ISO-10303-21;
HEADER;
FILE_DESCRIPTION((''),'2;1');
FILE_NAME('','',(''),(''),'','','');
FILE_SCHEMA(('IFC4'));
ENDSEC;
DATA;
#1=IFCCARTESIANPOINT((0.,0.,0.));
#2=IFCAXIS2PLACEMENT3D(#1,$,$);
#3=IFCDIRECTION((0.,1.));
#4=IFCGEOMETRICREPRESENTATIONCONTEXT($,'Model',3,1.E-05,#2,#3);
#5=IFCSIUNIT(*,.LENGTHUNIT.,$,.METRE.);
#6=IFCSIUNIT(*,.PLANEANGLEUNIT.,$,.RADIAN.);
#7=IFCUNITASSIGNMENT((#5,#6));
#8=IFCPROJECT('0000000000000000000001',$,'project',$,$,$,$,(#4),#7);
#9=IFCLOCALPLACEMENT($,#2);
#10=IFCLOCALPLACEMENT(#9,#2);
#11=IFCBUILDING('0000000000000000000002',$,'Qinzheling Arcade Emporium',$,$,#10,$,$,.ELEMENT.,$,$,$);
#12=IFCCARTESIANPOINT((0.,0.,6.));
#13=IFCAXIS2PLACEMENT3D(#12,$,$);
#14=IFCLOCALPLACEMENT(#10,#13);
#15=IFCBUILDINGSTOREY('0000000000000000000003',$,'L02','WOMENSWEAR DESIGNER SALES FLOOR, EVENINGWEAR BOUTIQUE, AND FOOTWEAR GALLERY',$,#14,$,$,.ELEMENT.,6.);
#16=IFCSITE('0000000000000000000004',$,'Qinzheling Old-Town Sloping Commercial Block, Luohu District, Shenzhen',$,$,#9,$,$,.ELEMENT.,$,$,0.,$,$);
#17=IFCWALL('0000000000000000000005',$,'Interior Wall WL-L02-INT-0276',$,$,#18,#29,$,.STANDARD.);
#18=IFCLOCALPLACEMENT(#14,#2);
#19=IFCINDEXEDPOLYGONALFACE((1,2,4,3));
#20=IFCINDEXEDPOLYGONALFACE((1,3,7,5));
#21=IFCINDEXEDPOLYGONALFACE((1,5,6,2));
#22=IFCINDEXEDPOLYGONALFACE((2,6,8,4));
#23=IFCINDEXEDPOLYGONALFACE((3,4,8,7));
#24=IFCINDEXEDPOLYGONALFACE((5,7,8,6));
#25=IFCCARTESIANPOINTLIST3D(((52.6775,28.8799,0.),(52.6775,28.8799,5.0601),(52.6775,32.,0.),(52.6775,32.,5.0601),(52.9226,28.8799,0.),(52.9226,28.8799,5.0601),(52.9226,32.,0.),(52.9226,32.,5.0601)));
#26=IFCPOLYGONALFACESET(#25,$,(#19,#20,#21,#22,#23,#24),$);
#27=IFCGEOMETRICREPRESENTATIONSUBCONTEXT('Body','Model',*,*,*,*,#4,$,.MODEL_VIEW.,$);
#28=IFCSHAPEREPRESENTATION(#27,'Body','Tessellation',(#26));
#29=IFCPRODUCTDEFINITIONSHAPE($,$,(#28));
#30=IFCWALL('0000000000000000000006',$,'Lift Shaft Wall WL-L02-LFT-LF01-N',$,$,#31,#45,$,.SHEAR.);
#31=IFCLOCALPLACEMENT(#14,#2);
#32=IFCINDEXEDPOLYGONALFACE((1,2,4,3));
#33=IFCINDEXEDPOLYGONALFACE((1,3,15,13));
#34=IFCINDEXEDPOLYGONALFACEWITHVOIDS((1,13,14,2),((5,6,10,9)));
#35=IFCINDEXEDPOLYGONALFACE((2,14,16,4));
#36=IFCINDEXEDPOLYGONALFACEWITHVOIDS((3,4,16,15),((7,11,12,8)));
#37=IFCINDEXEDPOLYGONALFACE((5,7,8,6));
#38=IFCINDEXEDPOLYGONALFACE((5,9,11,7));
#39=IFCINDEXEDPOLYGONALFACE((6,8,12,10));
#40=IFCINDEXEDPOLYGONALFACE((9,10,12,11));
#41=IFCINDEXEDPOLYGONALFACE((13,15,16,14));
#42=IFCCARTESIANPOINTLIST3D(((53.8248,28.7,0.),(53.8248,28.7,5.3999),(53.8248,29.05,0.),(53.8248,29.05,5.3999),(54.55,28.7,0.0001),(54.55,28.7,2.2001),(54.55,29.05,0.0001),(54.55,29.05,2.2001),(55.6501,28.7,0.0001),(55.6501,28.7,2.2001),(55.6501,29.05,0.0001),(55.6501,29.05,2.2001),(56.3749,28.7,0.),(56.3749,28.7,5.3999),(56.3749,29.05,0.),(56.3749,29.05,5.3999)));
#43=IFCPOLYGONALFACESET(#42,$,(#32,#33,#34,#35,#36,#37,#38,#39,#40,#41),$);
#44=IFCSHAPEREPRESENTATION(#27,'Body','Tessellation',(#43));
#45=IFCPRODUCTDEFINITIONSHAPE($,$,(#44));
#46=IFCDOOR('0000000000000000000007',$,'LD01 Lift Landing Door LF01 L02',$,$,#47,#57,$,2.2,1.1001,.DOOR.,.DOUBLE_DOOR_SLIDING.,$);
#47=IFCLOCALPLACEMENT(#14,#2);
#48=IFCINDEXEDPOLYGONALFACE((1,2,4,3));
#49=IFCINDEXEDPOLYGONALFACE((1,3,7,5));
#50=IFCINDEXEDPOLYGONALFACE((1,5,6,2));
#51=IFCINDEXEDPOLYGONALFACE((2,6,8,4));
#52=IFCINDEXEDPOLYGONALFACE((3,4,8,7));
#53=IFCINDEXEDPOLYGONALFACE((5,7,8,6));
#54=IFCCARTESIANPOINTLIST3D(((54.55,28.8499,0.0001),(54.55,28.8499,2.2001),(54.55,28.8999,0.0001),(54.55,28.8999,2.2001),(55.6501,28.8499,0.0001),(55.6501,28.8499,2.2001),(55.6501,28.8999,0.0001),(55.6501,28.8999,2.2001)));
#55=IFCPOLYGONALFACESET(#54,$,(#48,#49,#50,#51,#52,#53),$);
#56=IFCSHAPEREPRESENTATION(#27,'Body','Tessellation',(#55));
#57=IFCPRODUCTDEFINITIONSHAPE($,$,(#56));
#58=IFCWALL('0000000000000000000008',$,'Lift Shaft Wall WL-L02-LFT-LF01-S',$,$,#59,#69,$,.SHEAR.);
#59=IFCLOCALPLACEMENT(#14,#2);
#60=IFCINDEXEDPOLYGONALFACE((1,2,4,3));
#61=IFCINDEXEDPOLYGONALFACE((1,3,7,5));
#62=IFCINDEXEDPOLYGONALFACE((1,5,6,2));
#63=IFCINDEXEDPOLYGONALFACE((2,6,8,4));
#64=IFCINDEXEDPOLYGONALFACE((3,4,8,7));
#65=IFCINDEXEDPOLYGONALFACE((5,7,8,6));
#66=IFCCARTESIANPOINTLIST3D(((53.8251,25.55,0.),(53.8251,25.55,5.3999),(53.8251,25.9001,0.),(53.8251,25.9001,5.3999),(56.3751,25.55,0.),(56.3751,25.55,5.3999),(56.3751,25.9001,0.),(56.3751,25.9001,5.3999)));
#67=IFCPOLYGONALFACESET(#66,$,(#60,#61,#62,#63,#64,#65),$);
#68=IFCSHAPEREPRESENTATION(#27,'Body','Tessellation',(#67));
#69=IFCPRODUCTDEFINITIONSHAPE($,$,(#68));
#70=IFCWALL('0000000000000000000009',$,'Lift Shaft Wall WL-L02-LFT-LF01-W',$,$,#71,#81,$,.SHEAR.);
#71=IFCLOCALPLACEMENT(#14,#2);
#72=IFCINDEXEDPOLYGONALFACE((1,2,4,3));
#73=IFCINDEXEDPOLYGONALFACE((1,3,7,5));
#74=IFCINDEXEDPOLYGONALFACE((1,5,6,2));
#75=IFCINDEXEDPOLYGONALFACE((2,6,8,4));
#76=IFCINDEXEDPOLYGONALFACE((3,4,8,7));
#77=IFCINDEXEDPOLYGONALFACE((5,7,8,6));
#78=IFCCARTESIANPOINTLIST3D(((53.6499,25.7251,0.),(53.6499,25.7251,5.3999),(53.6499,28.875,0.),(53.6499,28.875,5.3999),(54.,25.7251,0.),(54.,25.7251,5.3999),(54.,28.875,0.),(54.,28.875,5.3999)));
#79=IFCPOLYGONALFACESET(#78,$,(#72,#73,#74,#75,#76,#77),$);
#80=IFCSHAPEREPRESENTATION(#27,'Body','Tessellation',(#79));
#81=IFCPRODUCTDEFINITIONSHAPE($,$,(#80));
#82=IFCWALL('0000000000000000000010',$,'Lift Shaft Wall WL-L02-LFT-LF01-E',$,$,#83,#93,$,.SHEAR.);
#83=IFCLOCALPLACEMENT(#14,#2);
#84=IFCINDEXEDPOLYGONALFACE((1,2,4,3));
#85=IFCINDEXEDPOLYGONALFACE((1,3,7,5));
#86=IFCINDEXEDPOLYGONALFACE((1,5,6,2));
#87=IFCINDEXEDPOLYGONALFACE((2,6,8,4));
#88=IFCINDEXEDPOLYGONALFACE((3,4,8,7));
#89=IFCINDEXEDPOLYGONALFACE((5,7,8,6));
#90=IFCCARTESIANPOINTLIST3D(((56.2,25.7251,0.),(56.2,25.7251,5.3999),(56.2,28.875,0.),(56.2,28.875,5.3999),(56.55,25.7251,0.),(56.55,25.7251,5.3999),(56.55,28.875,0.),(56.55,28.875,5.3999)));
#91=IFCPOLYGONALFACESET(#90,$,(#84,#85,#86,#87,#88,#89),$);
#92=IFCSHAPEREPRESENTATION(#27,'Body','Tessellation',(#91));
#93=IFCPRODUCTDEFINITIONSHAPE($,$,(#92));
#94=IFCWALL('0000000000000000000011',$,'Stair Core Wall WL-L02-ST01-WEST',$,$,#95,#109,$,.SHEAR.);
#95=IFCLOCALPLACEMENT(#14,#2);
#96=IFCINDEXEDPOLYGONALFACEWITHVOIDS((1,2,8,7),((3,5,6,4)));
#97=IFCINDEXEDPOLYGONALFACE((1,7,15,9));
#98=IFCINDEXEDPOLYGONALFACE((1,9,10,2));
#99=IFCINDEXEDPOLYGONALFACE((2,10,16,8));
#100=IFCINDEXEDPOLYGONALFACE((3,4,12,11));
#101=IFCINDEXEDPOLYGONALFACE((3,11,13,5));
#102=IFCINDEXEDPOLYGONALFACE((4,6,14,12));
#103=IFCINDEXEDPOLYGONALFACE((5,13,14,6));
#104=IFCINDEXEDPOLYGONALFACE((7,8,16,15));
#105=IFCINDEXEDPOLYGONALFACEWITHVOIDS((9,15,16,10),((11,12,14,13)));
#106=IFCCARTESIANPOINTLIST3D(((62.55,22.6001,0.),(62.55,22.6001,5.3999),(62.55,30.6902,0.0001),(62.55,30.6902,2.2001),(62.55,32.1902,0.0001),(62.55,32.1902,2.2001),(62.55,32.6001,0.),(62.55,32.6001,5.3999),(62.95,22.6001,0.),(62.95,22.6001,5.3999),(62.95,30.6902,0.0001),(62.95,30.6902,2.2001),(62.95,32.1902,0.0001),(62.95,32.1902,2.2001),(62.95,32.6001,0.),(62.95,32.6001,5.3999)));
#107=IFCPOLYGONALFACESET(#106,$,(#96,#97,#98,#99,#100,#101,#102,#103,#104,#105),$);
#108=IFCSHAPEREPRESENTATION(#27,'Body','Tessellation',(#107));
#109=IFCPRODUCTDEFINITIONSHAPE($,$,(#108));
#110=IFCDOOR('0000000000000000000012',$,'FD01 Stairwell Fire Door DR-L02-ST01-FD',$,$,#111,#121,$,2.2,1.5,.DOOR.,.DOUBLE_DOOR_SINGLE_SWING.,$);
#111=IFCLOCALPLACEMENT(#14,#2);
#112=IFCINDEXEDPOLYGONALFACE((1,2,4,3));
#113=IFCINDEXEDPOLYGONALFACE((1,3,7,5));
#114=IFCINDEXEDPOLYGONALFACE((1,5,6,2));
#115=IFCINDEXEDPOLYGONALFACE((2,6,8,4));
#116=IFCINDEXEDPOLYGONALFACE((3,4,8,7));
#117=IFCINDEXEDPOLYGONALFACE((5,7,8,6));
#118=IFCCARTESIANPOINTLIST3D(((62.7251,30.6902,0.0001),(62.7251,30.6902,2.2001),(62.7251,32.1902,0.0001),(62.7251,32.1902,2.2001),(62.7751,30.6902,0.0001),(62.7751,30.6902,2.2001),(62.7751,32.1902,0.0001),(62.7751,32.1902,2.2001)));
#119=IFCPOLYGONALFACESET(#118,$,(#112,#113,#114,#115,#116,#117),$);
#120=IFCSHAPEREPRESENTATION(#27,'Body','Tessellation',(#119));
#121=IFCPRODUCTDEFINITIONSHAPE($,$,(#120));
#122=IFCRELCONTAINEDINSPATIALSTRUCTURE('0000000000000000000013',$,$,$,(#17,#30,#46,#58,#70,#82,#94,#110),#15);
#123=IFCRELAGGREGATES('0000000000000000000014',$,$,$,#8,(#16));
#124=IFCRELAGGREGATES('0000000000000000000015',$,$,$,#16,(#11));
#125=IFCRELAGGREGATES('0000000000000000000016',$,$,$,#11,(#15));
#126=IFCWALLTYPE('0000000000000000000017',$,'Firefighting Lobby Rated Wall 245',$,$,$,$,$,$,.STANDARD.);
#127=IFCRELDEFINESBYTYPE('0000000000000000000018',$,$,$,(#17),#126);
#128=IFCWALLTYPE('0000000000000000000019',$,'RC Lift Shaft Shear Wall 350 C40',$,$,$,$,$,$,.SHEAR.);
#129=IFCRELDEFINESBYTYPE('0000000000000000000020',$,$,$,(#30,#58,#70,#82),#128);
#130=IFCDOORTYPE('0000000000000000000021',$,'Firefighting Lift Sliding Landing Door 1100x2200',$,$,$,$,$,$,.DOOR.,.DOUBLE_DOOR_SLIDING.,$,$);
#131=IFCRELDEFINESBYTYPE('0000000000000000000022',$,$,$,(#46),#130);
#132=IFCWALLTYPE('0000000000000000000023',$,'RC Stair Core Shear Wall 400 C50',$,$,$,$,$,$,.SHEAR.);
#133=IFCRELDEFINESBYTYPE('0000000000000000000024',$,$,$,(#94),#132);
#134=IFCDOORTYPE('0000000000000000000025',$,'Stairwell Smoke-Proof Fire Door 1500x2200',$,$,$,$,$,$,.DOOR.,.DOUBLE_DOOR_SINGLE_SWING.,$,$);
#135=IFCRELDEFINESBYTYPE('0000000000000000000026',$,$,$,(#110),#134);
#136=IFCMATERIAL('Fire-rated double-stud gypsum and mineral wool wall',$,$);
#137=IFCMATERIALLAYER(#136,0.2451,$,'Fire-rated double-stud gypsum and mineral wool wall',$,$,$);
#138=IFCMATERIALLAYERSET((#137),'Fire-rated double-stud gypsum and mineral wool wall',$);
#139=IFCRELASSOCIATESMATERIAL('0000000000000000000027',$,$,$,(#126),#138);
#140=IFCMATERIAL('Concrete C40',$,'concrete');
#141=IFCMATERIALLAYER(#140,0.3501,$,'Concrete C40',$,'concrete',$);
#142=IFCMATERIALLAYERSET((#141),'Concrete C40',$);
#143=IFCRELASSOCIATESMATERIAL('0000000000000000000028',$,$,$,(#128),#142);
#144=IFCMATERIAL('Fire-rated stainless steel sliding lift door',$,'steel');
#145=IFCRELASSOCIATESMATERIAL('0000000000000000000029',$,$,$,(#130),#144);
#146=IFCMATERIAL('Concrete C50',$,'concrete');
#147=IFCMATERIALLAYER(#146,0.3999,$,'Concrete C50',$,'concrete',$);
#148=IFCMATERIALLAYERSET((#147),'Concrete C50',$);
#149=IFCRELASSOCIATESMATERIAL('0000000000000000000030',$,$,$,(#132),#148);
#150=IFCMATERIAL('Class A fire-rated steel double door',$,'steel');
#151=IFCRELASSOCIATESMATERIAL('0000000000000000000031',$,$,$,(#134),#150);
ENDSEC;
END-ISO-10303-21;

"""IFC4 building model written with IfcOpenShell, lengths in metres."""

from ifc_helpers import new_model, si_unit, direction, frame, frame_2d, origin, place, context, subcontext, project, spatial, rectangle, extrude, material, layer, layer_set, type_object, element, fill, save


model = new_model("IFC4")

# Units and contexts
model_context = context("Model", 3, precision=1e-05, world=origin(), true_north=direction((0.0, 1.0)))
body_context = subcontext(model_context, "Body", "Model", "MODEL_VIEW")
ifc_project = project(units=[si_unit("LENGTHUNIT", "METRE"), si_unit("PLANEANGLEUNIT", "RADIAN")], contexts=[model_context])

# Site, building, storey
site_placement = place(None, origin())
site = spatial("IfcSite", under=ifc_project, at=site_placement, Name="Qinzheling Old-Town Sloping Commercial Block, Luohu District, Shenzhen", CompositionType="ELEMENT", RefElevation=0.0)
building_placement = place(site_placement, origin())
building = spatial("IfcBuilding", under=site, at=building_placement, Name="Qinzheling Arcade Emporium", CompositionType="ELEMENT")
storey_placement = place(building_placement, frame((0.0, 0.0, 6.0)))
storey = spatial("IfcBuildingStorey", under=building, at=storey_placement, Name="L02", Description="WOMENSWEAR DESIGNER SALES FLOOR, EVENINGWEAR BOUTIQUE, AND FOOTWEAR GALLERY", CompositionType="ELEMENT", Elevation=6.0)

# Shared definitions
ifc_material_1 = material(Name="Concrete C50", Category="concrete")

# Shared definitions
ifc_material_2 = material(Name="Concrete C40", Category="concrete")

# Wall
ifc_material_3 = material(Name="Fire-rated double-stud gypsum and mineral wool wall")
ifc_layer_1 = layer(ifc_material_3, 0.2451, Name="Fire-rated double-stud gypsum and mineral wool wall")
ifc_layer_set_1 = layer_set([ifc_layer_1], Name="Fire-rated double-stud gypsum and mineral wool wall")
wall_type_1 = type_object("IfcWallType", Name="Firefighting Lobby Rated Wall 245", PredefinedType="STANDARD", material=ifc_layer_set_1)
wall_1_placement = place(storey_placement, frame((52.8, 28.8799, 0.0), z_axis=(0.0, 0.0, 1.0), x_axis=(0.0, 1.0, 0.0)))
element("IfcWall", 1, at=wall_1_placement, inside=storey, type_object=wall_type_1, Name="Interior Wall WL-L02-INT-0276", PredefinedType="STANDARD", context=body_context, shape_type="SweptSolid", body=[
    extrude(rectangle(XDim=3.1201, YDim=0.2451, at=frame_2d((1.5601, 0.0))), origin(), (0.0, 0.0, 1.0), 5.0601),
])

# Wall, opening, door
ifc_layer_2 = layer(ifc_material_2, 0.3501, Name="Concrete C40", Category="concrete")
ifc_layer_set_2 = layer_set([ifc_layer_2], Name="Concrete C40")
wall_type_2 = type_object("IfcWallType", Name="RC Lift Shaft Shear Wall 350 C40", PredefinedType="SHEAR", material=ifc_layer_set_2)
wall_2_placement = place(storey_placement, frame((53.825, 28.875, 0.0), z_axis=(0.0, 0.0, 1.0), x_axis=(1.0, 0.0, 0.0)))
wall_2 = element("IfcWall", 2, at=wall_2_placement, inside=storey, type_object=wall_type_2, Name="Lift Shaft Wall WL-L02-LFT-LF01-N", PredefinedType="SHEAR", context=body_context, shape_type="SweptSolid", body=[
    extrude(rectangle(XDim=2.55, YDim=0.3501, at=frame_2d((1.2749, 0.0))), origin(), (0.0, 0.0, 1.0), 5.3999),
])
opening_1_placement = place(wall_2_placement, frame((0.7251, 0.0, 0.0)))
opening_1 = element("IfcOpeningElement", 3, at=opening_1_placement, cuts=wall_2, PredefinedType="OPENING", context=body_context, shape_type="SweptSolid", body=[
    extrude(rectangle(XDim=1.1001, YDim=2.2, at=frame_2d((0.55, 1.1001))), frame((0.0, 0.1851, 0.0), z_axis=(0.0, -1.0, 0.0), x_axis=(1.0, 0.0, 0.0)), (0.0, 0.0, 1.0), 0.3701),
])
ifc_material_4 = material(Name="Fire-rated stainless steel sliding lift door", Category="steel")
door_type_1 = type_object("IfcDoorType", Name="Firefighting Lift Sliding Landing Door 1100x2200", OperationType="DOUBLE_DOOR_SLIDING", PredefinedType="DOOR", material=ifc_material_4)
door_1_placement = place(opening_1_placement, origin())
door_1 = element("IfcDoor", 4, at=door_1_placement, inside=storey, type_object=door_type_1, Name="LD01 Lift Landing Door LF01 L02", OperationType="DOUBLE_DOOR_SLIDING", OverallHeight=2.2, OverallWidth=1.1001, PredefinedType="DOOR", context=body_context, shape_type="SweptSolid", body=[
    extrude(rectangle(XDim=1.1001, YDim=2.2, at=frame_2d((0.55, 1.1001))), frame((0.0, 0.0249, 0.0), z_axis=(0.0, -1.0, 0.0), x_axis=(1.0, 0.0, 0.0)), (0.0, 0.0, 1.0), 0.05),
])
fill(opening_1, door_1)

# Walls
wall_3_placement = place(storey_placement, frame((56.375, 25.7251, 0.0), z_axis=(0.0, 0.0, 1.0), x_axis=(-1.0, 0.0, 0.0)))
element("IfcWall", 5, at=wall_3_placement, inside=storey, type_object=wall_type_2, Name="Lift Shaft Wall WL-L02-LFT-LF01-S", PredefinedType="SHEAR", context=body_context, shape_type="SweptSolid", body=[
    extrude(rectangle(XDim=2.55, YDim=0.3501, at=frame_2d((1.2749, 0.0))), origin(), (0.0, 0.0, 1.0), 5.3999),
])
for number, where, z_axis, x_axis, name in (
    (6, (53.825, 25.7251, 0.0), (0.0, 0.0, 1.0), (0.0, 1.0, 0.0), "Lift Shaft Wall WL-L02-LFT-LF01-W"),
    (7, (56.375, 28.875, 0.0), (0.0, 0.0, 1.0), (0.0, -1.0, 0.0), "Lift Shaft Wall WL-L02-LFT-LF01-E"),
):
    element("IfcWall", number, at=place(storey_placement, frame(where, z_axis=z_axis, x_axis=x_axis)), inside=storey, type_object=wall_type_2, Name=name, PredefinedType="SHEAR", context=body_context, shape_type="SweptSolid", body=[
        extrude(rectangle(XDim=3.1499, YDim=0.3501, at=frame_2d((1.575, 0.0))), origin(), (0.0, 0.0, 1.0), 5.3999),
    ])

# Wall, opening, door
ifc_layer_3 = layer(ifc_material_1, 0.3999, Name="Concrete C50", Category="concrete")
ifc_layer_set_3 = layer_set([ifc_layer_3], Name="Concrete C50")
wall_type_3 = type_object("IfcWallType", Name="RC Stair Core Shear Wall 400 C50", PredefinedType="SHEAR", material=ifc_layer_set_3)
wall_4_placement = place(storey_placement, frame((62.75, 22.6001, 0.0), z_axis=(0.0, 0.0, 1.0), x_axis=(0.0, 1.0, 0.0)))
wall_4 = element("IfcWall", 8, at=wall_4_placement, inside=storey, type_object=wall_type_3, Name="Stair Core Wall WL-L02-ST01-WEST", PredefinedType="SHEAR", context=body_context, shape_type="SweptSolid", body=[
    extrude(rectangle(XDim=10.0, YDim=0.3999, at=frame_2d((5.0, 0.0))), origin(), (0.0, 0.0, 1.0), 5.3999),
])
opening_2_placement = place(wall_4_placement, frame((8.0901, 0.0, 0.0)))
opening_2 = element("IfcOpeningElement", 9, at=opening_2_placement, cuts=wall_4, PredefinedType="OPENING", context=body_context, shape_type="SweptSolid", body=[
    extrude(rectangle(XDim=1.5, YDim=2.2, at=frame_2d((0.75, 1.1001))), frame((0.0, 0.21, 0.0), z_axis=(0.0, -1.0, 0.0), x_axis=(1.0, 0.0, 0.0)), (0.0, 0.0, 1.0), 0.4199),
])
ifc_material_5 = material(Name="Class A fire-rated steel double door", Category="steel")
door_type_2 = type_object("IfcDoorType", Name="Stairwell Smoke-Proof Fire Door 1500x2200", OperationType="DOUBLE_DOOR_SINGLE_SWING", PredefinedType="DOOR", material=ifc_material_5)
door_2_placement = place(opening_2_placement, origin())
door_2 = element("IfcDoor", 10, at=door_2_placement, inside=storey, type_object=door_type_2, Name="FD01 Stairwell Fire Door DR-L02-ST01-FD", OperationType="DOUBLE_DOOR_SINGLE_SWING", OverallHeight=2.2, OverallWidth=1.5, PredefinedType="DOOR", context=body_context, shape_type="SweptSolid", body=[
    extrude(rectangle(XDim=1.5, YDim=2.2, at=frame_2d((0.75, 1.1001))), frame((0.0, 0.0249, 0.0), z_axis=(0.0, -1.0, 0.0), x_axis=(1.0, 0.0, 0.0)), (0.0, 0.0, 1.0), 0.05),
])
fill(opening_2, door_2)

save(model, "model.ifc")
